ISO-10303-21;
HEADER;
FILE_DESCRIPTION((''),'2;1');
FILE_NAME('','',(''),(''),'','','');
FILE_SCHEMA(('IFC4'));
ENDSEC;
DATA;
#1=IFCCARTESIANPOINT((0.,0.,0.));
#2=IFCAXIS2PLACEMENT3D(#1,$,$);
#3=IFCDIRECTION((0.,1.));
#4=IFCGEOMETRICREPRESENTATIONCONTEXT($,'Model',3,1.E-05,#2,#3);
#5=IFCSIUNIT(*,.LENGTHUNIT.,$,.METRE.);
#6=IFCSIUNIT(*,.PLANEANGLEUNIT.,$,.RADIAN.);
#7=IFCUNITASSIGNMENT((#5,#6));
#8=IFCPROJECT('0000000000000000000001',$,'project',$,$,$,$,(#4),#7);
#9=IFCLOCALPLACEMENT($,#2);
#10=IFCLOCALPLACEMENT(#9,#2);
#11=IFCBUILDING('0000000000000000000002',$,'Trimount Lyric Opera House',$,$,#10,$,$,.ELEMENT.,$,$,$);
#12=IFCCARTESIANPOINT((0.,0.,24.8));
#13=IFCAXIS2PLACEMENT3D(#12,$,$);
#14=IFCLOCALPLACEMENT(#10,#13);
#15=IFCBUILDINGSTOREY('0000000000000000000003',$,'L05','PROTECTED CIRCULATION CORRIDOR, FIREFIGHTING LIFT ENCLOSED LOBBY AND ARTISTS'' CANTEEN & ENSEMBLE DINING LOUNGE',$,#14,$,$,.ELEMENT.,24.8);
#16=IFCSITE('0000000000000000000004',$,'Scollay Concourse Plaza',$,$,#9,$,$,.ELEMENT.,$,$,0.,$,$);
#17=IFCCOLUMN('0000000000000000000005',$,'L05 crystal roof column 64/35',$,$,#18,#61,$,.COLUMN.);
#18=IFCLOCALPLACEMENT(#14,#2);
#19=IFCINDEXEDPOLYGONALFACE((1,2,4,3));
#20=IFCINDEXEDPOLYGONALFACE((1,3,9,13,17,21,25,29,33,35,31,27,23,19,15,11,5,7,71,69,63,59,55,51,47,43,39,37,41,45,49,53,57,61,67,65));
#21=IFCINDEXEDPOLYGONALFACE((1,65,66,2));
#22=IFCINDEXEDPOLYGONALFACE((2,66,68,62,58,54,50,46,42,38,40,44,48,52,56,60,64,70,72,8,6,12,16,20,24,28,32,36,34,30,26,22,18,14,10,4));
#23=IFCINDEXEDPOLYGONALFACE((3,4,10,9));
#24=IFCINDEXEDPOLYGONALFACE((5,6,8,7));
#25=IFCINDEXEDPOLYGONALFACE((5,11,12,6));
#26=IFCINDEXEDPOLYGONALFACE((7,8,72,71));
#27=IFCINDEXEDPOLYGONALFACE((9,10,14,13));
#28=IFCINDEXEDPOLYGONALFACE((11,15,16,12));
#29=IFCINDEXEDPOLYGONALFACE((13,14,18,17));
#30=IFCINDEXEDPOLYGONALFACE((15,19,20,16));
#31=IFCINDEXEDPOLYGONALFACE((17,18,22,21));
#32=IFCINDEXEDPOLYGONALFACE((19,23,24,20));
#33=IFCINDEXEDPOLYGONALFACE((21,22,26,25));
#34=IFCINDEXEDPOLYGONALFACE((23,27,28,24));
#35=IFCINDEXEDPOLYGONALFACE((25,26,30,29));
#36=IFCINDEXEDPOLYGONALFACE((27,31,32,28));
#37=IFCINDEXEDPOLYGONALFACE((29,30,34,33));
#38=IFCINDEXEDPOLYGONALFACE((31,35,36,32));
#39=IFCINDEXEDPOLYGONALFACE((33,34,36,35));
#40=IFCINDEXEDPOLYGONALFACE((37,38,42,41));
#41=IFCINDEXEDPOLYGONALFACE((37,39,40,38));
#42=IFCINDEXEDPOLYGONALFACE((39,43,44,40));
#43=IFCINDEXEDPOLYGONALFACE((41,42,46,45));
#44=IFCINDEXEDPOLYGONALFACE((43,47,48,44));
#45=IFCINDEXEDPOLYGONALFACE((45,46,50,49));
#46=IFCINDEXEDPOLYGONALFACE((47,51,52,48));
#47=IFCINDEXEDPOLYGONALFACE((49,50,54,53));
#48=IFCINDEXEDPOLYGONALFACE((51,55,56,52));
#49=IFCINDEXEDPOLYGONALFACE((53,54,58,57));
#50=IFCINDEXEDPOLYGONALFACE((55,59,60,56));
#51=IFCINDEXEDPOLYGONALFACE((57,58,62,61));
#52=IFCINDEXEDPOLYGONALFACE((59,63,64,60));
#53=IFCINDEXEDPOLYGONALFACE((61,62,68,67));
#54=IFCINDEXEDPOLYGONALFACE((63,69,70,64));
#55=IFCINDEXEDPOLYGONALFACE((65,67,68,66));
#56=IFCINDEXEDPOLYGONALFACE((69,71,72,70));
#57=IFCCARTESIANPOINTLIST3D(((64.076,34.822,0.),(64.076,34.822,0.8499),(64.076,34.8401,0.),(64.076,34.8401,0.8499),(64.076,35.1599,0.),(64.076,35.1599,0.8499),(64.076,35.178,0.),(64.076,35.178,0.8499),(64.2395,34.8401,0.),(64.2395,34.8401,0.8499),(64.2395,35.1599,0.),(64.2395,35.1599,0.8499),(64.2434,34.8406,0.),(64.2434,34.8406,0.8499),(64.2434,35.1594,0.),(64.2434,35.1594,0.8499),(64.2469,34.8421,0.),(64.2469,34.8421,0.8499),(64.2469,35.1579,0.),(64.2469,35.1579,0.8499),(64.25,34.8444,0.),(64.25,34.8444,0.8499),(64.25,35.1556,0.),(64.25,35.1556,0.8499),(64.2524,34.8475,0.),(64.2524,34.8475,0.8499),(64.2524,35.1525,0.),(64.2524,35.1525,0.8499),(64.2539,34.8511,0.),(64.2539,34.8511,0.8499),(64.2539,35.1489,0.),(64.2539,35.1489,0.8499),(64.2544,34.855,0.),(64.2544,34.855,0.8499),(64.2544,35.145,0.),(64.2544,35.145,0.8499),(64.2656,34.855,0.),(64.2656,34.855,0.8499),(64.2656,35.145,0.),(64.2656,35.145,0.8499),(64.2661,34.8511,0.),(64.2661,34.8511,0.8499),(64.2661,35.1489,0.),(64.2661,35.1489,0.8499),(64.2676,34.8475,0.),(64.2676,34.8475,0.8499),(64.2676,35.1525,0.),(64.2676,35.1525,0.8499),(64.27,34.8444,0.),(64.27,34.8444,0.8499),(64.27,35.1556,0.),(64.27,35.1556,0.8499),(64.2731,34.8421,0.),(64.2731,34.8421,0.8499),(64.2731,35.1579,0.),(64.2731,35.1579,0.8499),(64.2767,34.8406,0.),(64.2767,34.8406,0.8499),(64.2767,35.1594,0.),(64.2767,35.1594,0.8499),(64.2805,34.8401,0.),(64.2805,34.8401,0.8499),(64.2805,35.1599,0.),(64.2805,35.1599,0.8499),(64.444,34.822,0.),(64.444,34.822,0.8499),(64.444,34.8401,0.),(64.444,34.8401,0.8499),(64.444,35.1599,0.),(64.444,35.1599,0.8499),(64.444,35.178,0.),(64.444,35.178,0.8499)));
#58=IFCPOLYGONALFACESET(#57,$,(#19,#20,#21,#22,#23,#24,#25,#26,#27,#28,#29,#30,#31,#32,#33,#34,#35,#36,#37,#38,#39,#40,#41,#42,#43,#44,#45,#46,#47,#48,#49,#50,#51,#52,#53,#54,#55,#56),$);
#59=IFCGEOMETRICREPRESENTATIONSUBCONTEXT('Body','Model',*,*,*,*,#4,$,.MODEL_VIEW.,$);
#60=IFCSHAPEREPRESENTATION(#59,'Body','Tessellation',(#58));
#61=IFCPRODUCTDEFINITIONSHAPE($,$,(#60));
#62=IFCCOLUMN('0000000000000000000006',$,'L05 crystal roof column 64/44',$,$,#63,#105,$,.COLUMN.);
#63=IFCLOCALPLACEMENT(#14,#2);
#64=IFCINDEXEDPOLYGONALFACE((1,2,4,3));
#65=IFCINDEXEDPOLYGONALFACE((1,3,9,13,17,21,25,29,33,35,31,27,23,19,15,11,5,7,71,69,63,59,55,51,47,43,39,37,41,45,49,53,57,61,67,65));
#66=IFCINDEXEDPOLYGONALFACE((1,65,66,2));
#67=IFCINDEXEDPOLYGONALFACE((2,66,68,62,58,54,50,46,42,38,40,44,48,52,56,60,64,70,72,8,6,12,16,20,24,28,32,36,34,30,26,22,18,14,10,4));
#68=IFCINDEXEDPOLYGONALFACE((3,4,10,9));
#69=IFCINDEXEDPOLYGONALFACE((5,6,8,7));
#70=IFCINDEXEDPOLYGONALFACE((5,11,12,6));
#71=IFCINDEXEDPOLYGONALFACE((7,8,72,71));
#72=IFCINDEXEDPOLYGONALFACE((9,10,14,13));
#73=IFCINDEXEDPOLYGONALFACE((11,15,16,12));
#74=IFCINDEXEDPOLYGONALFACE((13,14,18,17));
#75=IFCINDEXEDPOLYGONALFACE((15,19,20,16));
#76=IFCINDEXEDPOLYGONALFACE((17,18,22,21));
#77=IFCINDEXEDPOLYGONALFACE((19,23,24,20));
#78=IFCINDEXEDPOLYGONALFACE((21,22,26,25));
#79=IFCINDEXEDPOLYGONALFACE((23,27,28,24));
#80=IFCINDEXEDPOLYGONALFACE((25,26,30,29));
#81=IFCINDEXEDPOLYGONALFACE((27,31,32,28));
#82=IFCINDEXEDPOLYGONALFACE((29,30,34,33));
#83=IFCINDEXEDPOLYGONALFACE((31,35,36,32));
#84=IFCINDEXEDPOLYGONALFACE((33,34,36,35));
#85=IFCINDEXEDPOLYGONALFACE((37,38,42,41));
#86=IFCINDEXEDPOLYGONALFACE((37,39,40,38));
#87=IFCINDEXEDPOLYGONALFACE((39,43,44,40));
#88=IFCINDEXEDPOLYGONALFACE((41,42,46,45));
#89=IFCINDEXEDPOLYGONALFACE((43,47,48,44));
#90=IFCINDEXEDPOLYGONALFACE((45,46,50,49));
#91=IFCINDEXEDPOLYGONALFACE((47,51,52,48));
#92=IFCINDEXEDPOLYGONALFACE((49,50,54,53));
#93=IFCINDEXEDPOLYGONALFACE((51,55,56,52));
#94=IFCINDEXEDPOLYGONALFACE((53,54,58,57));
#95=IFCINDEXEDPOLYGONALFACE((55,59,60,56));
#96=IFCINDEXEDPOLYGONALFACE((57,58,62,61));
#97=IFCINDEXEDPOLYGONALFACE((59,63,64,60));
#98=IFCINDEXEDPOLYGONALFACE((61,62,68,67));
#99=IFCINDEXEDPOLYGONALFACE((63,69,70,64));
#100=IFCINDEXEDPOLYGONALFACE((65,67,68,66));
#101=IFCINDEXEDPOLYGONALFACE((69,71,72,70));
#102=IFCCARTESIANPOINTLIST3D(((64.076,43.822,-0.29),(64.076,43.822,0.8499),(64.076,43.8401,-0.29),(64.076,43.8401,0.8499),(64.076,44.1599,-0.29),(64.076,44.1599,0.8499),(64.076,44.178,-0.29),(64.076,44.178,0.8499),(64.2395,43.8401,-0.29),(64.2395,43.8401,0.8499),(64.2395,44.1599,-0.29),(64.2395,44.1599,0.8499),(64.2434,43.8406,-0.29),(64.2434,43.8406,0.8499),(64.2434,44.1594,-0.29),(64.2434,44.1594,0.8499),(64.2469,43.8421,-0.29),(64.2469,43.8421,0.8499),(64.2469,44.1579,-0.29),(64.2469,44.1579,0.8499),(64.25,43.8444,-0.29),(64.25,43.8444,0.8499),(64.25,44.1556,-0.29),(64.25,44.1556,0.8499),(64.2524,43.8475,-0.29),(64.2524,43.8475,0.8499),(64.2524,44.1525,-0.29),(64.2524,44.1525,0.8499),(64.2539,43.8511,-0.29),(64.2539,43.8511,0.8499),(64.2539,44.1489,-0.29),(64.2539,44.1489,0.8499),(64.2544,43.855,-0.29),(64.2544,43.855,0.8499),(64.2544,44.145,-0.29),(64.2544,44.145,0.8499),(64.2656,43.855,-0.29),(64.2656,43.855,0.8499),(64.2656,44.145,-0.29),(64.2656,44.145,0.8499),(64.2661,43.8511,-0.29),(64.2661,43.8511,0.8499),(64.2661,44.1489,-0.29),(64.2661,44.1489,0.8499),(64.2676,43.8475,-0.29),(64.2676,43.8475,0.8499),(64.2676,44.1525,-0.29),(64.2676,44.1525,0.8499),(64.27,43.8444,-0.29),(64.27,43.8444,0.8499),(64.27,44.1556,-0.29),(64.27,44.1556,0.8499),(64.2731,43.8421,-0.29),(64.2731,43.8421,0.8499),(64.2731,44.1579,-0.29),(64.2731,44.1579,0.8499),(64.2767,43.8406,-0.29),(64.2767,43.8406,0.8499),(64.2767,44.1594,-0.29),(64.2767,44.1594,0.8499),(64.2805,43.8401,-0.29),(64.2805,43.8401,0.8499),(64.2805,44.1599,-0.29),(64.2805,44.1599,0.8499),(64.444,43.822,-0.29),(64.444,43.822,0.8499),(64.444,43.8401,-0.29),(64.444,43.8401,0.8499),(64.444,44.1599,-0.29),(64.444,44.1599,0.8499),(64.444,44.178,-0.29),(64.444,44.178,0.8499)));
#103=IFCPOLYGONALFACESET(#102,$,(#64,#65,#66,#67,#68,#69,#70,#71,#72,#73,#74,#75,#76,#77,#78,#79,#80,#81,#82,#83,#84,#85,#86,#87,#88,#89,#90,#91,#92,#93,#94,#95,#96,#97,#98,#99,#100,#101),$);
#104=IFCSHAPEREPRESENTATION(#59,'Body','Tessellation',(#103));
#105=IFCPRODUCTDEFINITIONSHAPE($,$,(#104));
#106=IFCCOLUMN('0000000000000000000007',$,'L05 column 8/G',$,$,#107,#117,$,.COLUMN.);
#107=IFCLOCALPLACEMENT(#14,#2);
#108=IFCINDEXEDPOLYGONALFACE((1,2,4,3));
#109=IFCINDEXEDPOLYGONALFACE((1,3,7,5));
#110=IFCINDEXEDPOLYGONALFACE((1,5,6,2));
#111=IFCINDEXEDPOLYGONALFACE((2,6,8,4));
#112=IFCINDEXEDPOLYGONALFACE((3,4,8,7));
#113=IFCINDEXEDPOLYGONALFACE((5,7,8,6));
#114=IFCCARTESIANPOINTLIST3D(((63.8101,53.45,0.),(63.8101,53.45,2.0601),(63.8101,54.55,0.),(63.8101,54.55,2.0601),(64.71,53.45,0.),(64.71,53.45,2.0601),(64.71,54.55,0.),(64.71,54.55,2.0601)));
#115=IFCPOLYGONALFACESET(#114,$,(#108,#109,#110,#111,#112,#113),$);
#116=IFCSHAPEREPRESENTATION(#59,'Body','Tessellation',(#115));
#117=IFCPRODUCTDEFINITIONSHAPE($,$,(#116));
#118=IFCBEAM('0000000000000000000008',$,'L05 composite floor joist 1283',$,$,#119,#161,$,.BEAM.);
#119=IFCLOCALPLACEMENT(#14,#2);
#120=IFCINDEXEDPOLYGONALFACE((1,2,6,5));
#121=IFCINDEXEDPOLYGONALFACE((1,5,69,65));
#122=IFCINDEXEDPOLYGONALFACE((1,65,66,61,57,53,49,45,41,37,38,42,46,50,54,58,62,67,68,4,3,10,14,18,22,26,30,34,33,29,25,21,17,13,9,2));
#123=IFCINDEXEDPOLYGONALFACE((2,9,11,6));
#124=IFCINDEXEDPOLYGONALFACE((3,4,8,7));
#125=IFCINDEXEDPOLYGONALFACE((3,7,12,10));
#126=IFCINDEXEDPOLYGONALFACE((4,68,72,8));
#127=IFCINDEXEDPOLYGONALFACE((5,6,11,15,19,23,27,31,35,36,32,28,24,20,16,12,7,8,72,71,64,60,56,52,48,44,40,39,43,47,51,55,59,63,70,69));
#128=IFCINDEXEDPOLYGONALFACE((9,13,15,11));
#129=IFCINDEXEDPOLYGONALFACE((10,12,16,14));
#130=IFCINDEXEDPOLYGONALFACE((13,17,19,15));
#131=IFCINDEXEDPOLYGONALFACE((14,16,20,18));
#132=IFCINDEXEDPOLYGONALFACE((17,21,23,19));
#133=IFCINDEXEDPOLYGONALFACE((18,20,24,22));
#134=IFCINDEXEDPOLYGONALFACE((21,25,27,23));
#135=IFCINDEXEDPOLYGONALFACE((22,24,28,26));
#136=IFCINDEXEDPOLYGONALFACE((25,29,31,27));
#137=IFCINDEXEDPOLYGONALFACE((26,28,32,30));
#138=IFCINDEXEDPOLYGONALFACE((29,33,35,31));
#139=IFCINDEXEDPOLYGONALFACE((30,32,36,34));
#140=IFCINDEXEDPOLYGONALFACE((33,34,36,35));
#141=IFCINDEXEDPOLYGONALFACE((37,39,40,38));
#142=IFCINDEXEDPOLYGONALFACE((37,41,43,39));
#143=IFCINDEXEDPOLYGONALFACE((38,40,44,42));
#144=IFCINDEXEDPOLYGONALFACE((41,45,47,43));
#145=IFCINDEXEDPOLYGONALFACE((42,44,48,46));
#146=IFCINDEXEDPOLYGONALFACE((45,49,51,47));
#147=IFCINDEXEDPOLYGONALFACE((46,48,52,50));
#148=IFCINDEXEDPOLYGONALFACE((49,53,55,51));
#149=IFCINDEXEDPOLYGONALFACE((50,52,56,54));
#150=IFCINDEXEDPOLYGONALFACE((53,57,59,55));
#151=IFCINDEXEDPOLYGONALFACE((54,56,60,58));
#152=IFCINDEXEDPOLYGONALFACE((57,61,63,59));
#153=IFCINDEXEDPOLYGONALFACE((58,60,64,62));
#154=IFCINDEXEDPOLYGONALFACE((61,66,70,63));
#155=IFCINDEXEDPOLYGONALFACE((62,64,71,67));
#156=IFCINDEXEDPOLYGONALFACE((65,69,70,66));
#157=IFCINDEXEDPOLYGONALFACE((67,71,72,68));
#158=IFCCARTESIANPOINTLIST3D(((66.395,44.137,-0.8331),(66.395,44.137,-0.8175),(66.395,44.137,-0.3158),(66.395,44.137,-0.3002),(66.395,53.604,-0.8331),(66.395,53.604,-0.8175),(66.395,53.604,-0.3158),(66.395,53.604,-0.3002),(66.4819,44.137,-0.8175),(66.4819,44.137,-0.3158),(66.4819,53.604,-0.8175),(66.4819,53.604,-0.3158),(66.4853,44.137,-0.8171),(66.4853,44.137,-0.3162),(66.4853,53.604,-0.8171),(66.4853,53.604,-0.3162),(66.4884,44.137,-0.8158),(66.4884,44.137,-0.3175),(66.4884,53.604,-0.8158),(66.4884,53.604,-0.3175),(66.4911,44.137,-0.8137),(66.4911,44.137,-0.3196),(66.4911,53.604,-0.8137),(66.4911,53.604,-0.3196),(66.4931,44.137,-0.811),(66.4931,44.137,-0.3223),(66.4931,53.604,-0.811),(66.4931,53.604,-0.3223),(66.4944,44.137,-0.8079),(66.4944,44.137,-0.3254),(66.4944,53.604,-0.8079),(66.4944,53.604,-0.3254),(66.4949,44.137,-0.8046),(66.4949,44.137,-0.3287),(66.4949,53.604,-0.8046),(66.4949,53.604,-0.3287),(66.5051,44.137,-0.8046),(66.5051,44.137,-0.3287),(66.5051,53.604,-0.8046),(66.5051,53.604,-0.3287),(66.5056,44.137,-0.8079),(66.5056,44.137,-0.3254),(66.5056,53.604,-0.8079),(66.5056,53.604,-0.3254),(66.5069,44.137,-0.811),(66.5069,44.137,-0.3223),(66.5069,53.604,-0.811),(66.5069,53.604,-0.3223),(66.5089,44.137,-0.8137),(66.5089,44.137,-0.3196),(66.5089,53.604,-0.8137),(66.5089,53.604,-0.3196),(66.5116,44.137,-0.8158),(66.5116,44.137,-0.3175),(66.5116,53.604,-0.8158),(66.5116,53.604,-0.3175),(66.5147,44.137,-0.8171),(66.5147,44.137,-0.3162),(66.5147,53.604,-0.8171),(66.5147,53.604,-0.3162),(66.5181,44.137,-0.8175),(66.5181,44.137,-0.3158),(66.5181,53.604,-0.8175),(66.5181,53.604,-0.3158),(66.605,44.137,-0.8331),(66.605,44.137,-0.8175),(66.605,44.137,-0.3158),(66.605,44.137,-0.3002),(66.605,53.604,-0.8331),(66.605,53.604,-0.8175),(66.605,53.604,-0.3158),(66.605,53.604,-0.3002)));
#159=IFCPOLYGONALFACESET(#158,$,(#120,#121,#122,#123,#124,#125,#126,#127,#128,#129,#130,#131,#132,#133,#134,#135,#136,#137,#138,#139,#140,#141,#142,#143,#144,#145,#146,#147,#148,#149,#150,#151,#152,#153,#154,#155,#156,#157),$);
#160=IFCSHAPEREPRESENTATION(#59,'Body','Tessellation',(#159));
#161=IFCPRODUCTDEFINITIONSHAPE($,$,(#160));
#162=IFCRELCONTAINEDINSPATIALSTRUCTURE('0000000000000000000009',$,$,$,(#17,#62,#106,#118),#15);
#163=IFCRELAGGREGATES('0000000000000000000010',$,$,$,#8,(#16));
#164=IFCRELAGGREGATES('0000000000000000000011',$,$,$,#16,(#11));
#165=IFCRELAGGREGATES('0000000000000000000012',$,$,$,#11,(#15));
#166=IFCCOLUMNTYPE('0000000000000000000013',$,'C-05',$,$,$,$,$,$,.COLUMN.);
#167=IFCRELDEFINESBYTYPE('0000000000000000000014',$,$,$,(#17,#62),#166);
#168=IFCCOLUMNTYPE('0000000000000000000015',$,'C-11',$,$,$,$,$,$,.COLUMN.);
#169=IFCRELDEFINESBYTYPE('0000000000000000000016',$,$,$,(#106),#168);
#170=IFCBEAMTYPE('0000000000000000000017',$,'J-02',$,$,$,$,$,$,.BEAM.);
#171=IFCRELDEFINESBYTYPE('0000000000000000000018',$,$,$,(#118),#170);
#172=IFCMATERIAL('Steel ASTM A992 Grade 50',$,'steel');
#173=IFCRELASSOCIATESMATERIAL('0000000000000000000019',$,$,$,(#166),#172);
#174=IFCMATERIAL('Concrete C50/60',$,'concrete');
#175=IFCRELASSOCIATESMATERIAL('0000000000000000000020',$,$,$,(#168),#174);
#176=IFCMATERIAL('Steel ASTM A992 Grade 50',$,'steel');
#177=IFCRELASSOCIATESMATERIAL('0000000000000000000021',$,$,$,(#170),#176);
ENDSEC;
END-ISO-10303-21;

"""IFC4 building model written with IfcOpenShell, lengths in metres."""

from ifc_helpers import new_model, si_unit, direction, frame, origin, origin_2d, place, context, subcontext, project, spatial, rectangle, i_section, extrude, material, material_profile, profile_set, type_object, element, save


model = new_model("IFC4")

# Units and contexts
model_context = context("Model", 3, precision=1e-05, world=origin(), true_north=direction((0.0, 1.0)))
body_context = subcontext(model_context, "Body", "Model", "MODEL_VIEW")
ifc_project = project(units=[si_unit("LENGTHUNIT", "METRE"), si_unit("PLANEANGLEUNIT", "RADIAN")], contexts=[model_context])

# Site, building, storey
site_placement = place(None, origin())
site = spatial("IfcSite", under=ifc_project, at=site_placement, Name="Scollay Concourse Plaza", CompositionType="ELEMENT", RefElevation=0.0)
building_placement = place(site_placement, origin())
building = spatial("IfcBuilding", under=site, at=building_placement, Name="Trimount Lyric Opera House", CompositionType="ELEMENT")
storey_placement = place(building_placement, frame((0.0, 0.0, 24.8)))
storey = spatial("IfcBuildingStorey", under=building, at=storey_placement, Name="L05", Description="PROTECTED CIRCULATION CORRIDOR, FIREFIGHTING LIFT ENCLOSED LOBBY AND ARTISTS' CANTEEN & ENSEMBLE DINING LOUNGE", CompositionType="ELEMENT", Elevation=24.8)

# Columns
ifc_material_1 = material(Name="Steel ASTM A992 Grade 50", Category="steel")
ifc_material_profile_1 = material_profile(ifc_material_1, i_section(OverallWidth=0.3679, OverallDepth=0.356, WebThickness=0.0112, FlangeThickness=0.0181, FilletRadius=0.0149, at=origin_2d()), Name="W14X90")
ifc_profile_set_1 = profile_set([ifc_material_profile_1], Name="Steel ASTM A992 Grade 50")
column_type_1 = type_object("IfcColumnType", Name="C-05", PredefinedType="COLUMN", material=ifc_profile_set_1)
column_1_placement = place(storey_placement, frame((64.26, 35.0, 0.0), z_axis=(0.0, 0.0, 1.0), x_axis=(1.0, 0.0, 0.0)))
element("IfcColumn", 1, at=column_1_placement, inside=storey, type_object=column_type_1, Name="L05 crystal roof column 64/35", PredefinedType="COLUMN", context=body_context, shape_type="SweptSolid", body=[
    extrude(i_section(OverallWidth=0.3679, OverallDepth=0.356, WebThickness=0.0112, FlangeThickness=0.0181, FilletRadius=0.0149, at=origin_2d()), origin(), (0.0, 0.0, 1.0), 0.8499),
])
column_2_placement = place(storey_placement, frame((64.26, 44.0, -0.29), z_axis=(0.0, 0.0, 1.0), x_axis=(1.0, 0.0, 0.0)))
element("IfcColumn", 2, at=column_2_placement, inside=storey, type_object=column_type_1, Name="L05 crystal roof column 64/44", PredefinedType="COLUMN", context=body_context, shape_type="SweptSolid", body=[
    extrude(i_section(OverallWidth=0.3679, OverallDepth=0.356, WebThickness=0.0112, FlangeThickness=0.0181, FilletRadius=0.0149, at=origin_2d()), origin(), (0.0, 0.0, 1.0), 1.1399),
])
ifc_material_2 = material(Name="Concrete C50/60", Category="concrete")
ifc_material_profile_2 = material_profile(ifc_material_2, rectangle(XDim=0.8999, YDim=1.1001, at=origin_2d()), Name="RC1100X900")
ifc_profile_set_2 = profile_set([ifc_material_profile_2], Name="Concrete C50/60")
column_type_2 = type_object("IfcColumnType", Name="C-11", PredefinedType="COLUMN", material=ifc_profile_set_2)
column_3_placement = place(storey_placement, frame((64.26, 54.0, 0.0), z_axis=(0.0, 0.0, 1.0), x_axis=(1.0, 0.0, 0.0)))
element("IfcColumn", 3, at=column_3_placement, inside=storey, type_object=column_type_2, Name="L05 column 8/G", PredefinedType="COLUMN", context=body_context, shape_type="SweptSolid", body=[
    extrude(rectangle(XDim=0.8999, YDim=1.1001, at=origin_2d()), origin(), (0.0, 0.0, 1.0), 2.0601),
])

# Beam
ifc_material_3 = material(Name="Steel ASTM A992 Grade 50", Category="steel")
ifc_material_profile_3 = material_profile(ifc_material_3, i_section(OverallWidth=0.21, OverallDepth=0.533, WebThickness=0.0103, FlangeThickness=0.0156, FilletRadius=0.0129, at=origin_2d()), Name="W21X62")
ifc_profile_set_3 = profile_set([ifc_material_profile_3], Name="Steel ASTM A992 Grade 50")
beam_type_1 = type_object("IfcBeamType", Name="J-02", PredefinedType="BEAM", material=ifc_profile_set_3)
beam_1_placement = place(storey_placement, frame((66.5, 44.137, -0.5667), z_axis=(0.0, 1.0, 0.0), x_axis=(-1.0, 0.0, 0.0)))
element("IfcBeam", 4, at=beam_1_placement, inside=storey, type_object=beam_type_1, Name="L05 composite floor joist 1283", PredefinedType="BEAM", context=body_context, shape_type="SweptSolid", body=[
    extrude(i_section(OverallWidth=0.21, OverallDepth=0.533, WebThickness=0.0103, FlangeThickness=0.0156, FilletRadius=0.0129, at=origin_2d()), origin(), (0.0, 0.0, 1.0), 9.467),
])

save(model, "model.ifc")
